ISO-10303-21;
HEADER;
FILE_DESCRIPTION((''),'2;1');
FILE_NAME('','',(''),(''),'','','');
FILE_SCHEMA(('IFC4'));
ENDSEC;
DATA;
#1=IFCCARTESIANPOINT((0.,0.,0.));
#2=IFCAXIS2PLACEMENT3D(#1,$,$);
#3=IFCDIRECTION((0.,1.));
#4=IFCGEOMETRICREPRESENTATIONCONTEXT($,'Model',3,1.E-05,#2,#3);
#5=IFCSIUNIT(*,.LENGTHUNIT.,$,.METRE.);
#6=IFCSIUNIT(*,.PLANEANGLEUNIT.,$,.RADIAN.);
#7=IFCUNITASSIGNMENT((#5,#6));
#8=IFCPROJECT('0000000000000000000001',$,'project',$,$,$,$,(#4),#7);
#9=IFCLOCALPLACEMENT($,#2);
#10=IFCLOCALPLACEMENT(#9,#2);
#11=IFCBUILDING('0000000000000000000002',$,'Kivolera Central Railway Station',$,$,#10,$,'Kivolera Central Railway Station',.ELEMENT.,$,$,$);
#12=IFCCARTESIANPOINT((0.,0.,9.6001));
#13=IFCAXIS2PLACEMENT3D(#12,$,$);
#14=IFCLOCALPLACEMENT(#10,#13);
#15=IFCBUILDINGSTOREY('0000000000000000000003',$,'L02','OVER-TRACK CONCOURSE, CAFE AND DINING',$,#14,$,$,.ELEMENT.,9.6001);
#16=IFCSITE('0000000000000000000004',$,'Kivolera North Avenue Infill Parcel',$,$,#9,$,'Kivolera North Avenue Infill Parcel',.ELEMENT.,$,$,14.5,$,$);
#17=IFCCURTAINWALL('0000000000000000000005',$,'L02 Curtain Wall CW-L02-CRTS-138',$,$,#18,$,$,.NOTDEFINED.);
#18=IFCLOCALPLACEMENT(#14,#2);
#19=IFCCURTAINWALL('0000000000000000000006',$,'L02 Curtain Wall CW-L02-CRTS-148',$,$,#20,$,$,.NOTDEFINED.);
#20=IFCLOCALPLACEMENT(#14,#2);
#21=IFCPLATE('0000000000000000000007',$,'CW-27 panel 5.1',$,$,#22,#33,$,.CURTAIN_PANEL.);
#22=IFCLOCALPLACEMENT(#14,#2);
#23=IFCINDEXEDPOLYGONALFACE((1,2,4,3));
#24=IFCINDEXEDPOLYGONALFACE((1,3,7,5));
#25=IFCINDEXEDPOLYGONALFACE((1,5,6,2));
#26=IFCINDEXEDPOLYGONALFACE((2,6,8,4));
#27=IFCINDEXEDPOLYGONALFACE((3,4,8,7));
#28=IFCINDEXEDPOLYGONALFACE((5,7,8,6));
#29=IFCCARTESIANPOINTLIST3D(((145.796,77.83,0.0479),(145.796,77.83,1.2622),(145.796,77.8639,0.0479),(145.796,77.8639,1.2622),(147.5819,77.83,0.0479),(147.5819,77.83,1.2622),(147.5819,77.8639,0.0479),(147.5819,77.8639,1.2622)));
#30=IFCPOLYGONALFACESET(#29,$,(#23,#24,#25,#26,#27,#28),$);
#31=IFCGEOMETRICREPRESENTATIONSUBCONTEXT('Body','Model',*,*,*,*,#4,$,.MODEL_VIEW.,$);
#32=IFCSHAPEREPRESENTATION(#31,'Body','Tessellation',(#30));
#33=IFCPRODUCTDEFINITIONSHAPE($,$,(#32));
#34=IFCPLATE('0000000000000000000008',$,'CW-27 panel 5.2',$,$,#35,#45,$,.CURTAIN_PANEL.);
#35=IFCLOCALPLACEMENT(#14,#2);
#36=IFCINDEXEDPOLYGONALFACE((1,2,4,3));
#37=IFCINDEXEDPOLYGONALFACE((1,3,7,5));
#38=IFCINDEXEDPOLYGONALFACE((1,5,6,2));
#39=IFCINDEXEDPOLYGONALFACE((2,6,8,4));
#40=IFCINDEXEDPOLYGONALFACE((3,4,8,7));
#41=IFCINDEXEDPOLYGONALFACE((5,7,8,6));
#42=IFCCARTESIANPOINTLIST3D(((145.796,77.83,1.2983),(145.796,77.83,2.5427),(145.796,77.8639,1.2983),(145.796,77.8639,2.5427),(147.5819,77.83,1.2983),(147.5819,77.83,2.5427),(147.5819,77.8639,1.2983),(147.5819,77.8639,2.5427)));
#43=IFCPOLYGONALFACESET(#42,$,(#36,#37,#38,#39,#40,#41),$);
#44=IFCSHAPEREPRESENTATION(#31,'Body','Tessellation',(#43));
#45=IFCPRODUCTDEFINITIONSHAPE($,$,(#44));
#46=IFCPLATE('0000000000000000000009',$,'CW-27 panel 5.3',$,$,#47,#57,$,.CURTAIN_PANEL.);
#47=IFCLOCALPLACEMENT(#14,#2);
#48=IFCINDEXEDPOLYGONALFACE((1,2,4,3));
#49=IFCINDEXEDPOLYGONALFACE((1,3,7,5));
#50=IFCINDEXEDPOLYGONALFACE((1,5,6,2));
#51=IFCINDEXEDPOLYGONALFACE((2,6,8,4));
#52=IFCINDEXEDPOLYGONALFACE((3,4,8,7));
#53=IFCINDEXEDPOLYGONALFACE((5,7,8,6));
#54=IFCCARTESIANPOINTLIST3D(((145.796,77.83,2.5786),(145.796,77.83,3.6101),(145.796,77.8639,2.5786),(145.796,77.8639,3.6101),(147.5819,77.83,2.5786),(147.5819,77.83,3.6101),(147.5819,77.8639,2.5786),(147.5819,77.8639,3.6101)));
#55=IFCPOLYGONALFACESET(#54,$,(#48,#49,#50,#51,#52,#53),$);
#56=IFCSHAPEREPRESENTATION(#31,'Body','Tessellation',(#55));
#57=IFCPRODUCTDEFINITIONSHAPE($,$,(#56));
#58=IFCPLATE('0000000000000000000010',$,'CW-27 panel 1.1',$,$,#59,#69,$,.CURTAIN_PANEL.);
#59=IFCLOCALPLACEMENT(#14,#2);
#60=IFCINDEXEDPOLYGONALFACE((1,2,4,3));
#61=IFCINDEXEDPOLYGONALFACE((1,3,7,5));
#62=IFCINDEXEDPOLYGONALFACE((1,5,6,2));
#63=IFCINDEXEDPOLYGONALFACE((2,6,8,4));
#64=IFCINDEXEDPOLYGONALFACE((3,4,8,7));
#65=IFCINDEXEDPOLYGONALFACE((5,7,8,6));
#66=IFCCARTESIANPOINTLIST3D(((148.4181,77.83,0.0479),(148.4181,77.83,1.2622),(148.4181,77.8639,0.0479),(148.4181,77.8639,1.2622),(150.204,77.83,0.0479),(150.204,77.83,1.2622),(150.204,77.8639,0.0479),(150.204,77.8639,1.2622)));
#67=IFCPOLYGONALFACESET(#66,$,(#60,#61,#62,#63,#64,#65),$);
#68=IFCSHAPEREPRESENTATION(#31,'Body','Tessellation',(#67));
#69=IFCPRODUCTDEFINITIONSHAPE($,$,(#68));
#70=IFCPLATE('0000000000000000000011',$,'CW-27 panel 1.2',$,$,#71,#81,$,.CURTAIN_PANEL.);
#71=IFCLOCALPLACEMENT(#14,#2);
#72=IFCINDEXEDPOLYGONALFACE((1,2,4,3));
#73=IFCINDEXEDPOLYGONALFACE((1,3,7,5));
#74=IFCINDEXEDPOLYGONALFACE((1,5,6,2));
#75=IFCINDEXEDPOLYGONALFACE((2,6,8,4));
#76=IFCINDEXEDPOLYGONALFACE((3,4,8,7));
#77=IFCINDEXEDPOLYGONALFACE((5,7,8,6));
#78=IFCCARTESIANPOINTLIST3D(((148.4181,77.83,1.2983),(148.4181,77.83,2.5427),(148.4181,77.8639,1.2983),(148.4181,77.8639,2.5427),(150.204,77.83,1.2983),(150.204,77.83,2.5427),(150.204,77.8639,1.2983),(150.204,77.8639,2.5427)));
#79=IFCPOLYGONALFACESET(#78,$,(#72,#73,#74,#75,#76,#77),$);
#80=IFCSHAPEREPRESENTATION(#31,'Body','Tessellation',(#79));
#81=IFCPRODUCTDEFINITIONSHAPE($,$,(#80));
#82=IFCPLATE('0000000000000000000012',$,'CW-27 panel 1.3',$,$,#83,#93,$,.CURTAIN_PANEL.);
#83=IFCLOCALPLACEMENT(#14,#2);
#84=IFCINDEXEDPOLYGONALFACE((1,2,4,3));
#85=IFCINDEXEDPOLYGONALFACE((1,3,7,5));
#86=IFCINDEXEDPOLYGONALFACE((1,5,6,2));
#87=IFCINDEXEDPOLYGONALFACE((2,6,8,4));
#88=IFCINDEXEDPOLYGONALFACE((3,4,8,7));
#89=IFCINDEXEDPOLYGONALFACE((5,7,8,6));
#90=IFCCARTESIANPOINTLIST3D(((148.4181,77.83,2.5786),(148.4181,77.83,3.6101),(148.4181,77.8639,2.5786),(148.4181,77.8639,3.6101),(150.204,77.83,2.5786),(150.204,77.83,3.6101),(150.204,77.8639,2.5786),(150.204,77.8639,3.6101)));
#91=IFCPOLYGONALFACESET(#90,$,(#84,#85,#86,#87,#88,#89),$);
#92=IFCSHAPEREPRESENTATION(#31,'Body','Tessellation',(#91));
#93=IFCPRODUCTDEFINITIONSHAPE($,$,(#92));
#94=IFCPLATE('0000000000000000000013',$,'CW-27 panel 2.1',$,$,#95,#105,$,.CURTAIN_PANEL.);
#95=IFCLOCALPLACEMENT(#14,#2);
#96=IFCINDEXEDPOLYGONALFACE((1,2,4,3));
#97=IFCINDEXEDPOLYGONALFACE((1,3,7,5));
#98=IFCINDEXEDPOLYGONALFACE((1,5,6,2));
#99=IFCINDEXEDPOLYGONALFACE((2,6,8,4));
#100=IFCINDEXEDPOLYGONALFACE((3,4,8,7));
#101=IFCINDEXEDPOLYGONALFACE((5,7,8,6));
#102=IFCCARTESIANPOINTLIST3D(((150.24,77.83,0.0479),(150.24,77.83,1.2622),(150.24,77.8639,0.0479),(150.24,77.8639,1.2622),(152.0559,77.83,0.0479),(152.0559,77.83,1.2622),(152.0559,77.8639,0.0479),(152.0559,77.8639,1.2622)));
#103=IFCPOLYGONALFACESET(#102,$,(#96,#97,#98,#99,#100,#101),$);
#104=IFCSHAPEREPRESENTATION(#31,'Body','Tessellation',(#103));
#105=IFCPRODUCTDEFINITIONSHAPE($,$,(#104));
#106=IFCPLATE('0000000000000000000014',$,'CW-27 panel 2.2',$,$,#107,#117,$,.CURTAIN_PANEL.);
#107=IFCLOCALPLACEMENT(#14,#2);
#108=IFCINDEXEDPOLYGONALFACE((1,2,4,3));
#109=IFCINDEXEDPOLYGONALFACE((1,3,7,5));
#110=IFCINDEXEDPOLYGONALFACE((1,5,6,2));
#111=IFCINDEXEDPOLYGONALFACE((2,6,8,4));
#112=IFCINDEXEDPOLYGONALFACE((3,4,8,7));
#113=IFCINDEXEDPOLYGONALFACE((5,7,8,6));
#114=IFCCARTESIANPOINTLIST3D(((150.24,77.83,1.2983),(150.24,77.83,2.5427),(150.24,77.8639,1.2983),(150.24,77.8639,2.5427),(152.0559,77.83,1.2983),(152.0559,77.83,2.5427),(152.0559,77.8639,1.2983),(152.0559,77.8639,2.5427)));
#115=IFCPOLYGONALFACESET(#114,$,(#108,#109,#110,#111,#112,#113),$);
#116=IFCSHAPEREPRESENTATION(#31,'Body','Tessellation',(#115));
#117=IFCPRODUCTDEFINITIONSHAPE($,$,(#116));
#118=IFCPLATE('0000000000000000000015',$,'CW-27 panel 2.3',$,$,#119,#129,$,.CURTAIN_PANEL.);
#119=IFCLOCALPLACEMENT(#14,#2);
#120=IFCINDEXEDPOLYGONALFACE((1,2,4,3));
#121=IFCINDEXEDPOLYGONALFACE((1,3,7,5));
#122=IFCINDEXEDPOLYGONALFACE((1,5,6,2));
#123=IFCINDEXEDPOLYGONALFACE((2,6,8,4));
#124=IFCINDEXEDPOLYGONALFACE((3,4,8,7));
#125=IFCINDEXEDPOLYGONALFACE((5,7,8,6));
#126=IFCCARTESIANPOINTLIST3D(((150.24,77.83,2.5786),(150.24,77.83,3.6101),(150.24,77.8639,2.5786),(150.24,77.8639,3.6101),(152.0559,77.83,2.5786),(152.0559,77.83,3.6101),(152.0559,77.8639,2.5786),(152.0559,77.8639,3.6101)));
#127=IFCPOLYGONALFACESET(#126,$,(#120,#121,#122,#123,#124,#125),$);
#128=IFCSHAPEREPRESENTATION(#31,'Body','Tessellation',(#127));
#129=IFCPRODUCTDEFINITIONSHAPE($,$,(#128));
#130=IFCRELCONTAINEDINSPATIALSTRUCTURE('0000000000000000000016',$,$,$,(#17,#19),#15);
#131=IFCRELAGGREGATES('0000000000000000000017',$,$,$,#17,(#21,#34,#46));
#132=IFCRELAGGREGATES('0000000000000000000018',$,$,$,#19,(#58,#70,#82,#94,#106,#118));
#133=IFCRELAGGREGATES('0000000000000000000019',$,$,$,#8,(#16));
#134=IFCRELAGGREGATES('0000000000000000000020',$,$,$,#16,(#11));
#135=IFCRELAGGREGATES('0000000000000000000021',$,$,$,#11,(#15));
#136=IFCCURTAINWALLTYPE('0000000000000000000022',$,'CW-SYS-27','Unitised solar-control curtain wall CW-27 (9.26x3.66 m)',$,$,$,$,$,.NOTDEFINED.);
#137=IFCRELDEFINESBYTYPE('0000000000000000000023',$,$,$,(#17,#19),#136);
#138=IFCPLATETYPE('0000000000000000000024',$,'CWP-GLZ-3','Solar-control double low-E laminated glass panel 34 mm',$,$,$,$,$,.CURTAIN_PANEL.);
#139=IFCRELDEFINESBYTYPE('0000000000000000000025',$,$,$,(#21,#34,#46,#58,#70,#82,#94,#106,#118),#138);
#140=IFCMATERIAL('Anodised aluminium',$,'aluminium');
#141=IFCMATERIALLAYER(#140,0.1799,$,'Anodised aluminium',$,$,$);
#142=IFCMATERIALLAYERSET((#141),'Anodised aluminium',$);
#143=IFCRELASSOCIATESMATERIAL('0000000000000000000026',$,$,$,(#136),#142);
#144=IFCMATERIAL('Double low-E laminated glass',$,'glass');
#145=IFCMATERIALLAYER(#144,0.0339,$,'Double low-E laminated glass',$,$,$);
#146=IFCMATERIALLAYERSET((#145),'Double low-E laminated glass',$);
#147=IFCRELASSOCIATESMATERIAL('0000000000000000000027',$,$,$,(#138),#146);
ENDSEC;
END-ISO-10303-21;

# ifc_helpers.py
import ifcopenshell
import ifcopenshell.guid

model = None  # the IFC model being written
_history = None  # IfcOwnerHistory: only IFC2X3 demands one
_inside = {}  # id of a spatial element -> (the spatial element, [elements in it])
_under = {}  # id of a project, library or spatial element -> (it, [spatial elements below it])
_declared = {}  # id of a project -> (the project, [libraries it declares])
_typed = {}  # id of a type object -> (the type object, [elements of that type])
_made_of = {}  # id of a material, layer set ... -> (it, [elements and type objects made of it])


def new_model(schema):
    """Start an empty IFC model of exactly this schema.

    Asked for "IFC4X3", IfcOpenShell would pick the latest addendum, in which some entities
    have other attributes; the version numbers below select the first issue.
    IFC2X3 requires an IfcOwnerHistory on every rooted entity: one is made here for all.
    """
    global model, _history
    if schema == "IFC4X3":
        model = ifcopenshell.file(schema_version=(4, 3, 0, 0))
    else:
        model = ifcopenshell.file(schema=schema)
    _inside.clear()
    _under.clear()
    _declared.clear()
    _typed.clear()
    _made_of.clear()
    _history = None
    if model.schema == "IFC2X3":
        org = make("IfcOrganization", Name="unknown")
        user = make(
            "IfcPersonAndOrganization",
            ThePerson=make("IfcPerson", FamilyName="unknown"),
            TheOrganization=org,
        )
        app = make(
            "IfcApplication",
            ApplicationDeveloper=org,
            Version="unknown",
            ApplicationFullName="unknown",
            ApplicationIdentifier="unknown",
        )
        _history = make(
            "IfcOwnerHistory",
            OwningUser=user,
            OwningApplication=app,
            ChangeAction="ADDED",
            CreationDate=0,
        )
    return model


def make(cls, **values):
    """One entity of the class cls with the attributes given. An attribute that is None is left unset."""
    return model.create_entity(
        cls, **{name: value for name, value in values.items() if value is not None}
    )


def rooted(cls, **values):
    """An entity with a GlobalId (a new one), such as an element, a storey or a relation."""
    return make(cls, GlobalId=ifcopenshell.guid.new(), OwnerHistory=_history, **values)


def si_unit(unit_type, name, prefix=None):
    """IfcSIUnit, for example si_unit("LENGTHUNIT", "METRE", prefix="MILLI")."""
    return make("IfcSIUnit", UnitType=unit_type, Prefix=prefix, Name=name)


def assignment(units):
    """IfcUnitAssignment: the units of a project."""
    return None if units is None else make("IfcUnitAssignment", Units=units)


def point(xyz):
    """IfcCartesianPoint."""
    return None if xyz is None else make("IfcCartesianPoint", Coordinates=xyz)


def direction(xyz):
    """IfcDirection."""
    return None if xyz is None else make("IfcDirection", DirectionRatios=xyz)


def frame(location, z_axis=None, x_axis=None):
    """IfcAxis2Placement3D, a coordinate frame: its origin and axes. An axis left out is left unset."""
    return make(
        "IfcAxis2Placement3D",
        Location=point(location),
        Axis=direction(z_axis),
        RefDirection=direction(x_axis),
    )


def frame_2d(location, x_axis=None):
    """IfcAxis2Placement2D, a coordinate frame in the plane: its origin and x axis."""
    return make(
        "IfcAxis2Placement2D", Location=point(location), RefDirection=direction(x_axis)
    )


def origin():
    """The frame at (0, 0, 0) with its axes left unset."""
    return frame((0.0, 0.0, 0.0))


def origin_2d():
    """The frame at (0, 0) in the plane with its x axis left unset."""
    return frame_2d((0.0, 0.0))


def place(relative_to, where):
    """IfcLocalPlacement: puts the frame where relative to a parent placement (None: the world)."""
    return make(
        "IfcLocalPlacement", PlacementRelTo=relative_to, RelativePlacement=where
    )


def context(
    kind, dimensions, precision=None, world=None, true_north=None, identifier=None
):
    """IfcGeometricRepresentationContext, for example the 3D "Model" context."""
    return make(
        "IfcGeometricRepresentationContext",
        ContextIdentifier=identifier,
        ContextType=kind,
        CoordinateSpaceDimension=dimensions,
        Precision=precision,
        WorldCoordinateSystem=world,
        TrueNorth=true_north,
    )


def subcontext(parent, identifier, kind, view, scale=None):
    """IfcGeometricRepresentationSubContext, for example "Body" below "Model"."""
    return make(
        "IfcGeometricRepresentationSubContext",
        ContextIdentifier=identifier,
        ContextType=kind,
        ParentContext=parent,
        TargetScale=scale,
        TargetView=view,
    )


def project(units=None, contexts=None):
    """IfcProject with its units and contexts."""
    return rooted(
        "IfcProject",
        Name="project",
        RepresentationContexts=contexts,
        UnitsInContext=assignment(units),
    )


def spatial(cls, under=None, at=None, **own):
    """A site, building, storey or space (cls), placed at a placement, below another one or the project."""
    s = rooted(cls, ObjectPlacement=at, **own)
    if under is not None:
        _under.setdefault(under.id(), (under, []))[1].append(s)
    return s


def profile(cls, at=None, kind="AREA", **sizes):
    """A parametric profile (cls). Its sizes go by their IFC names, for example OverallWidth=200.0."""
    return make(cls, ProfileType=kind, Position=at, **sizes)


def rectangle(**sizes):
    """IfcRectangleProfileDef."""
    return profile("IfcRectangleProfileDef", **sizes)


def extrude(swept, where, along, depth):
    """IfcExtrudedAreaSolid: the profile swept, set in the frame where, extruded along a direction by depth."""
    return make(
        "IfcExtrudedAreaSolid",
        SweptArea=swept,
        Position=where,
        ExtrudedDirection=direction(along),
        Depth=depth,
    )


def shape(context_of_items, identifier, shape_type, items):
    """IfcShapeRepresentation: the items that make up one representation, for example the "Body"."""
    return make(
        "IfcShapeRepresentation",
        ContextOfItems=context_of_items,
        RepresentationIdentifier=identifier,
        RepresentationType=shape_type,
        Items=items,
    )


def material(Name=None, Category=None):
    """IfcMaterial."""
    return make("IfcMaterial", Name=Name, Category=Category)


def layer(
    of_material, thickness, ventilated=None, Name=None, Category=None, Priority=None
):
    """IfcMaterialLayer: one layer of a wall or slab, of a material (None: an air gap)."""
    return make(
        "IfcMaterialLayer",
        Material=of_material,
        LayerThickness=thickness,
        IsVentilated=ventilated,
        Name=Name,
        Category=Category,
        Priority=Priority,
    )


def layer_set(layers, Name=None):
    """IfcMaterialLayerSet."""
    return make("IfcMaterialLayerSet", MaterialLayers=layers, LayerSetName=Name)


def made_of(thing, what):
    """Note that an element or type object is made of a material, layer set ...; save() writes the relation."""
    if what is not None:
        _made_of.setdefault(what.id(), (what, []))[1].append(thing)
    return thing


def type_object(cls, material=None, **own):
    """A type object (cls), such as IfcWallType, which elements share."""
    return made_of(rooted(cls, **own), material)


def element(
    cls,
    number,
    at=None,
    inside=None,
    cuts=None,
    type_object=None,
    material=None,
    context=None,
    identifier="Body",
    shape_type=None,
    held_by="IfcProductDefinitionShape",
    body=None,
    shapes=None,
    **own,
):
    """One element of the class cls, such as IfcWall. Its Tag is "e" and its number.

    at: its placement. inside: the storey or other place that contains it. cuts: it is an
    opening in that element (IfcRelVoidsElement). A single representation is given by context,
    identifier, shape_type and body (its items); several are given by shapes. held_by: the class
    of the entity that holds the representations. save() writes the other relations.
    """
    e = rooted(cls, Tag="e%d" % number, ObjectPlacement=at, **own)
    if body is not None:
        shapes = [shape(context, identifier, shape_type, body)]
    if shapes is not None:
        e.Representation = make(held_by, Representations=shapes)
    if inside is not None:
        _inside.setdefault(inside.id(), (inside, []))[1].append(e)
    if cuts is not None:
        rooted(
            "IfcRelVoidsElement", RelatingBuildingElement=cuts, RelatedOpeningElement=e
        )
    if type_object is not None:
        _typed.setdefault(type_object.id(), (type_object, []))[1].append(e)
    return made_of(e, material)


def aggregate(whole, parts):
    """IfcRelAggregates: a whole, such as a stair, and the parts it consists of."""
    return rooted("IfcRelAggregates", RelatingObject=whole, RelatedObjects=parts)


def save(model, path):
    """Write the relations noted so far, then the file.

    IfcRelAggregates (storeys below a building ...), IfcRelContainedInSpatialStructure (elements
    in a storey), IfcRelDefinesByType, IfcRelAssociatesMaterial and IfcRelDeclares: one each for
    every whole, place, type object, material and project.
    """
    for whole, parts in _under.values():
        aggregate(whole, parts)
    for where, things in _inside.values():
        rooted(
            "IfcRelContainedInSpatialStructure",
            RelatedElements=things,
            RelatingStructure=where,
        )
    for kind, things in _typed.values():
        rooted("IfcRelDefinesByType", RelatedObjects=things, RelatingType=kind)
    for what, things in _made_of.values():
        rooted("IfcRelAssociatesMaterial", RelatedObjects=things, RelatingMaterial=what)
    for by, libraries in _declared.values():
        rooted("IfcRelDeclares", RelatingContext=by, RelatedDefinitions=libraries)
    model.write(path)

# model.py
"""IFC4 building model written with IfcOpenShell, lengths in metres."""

from ifc_helpers import new_model, si_unit, direction, frame, origin, origin_2d, place, context, subcontext, project, spatial, rectangle, extrude, material, layer, layer_set, type_object, element, aggregate, save


model = new_model("IFC4")

# Units and contexts
model_context = context("Model", 3, precision=1e-05, world=origin(), true_north=direction((0.0, 1.0)))
body_context = subcontext(model_context, "Body", "Model", "MODEL_VIEW")
ifc_project = project(units=[si_unit("LENGTHUNIT", "METRE"), si_unit("PLANEANGLEUNIT", "RADIAN")], contexts=[model_context])

# Site, building, storey
site_placement = place(None, origin())
site = spatial("IfcSite", under=ifc_project, at=site_placement, Name="Kivolera North Avenue Infill Parcel", LongName="Kivolera North Avenue Infill Parcel", CompositionType="ELEMENT", RefElevation=14.5)
building_placement = place(site_placement, origin())
building = spatial("IfcBuilding", under=site, at=building_placement, Name="Kivolera Central Railway Station", LongName="Kivolera Central Railway Station", CompositionType="ELEMENT")
storey_placement = place(building_placement, frame((0.0, 0.0, 9.6001)))
storey = spatial("IfcBuildingStorey", under=building, at=storey_placement, Name="L02", Description="OVER-TRACK CONCOURSE, CAFE AND DINING", CompositionType="ELEMENT", Elevation=9.6001)

# Curtain wall
ifc_material_1 = material(Name="Anodised aluminium", Category="aluminium")
ifc_layer_1 = layer(ifc_material_1, 0.1799, Name="Anodised aluminium")
ifc_layer_set_1 = layer_set([ifc_layer_1], Name="Anodised aluminium")
curtain_wall_type = type_object("IfcCurtainWallType", Name="CW-SYS-27", Description="Unitised solar-control curtain wall CW-27 (9.26x3.66 m)", PredefinedType="NOTDEFINED", material=ifc_layer_set_1)
curtain_wall_1_placement = place(storey_placement, origin())
curtain_wall_1 = element("IfcCurtainWall", 1, at=curtain_wall_1_placement, inside=storey, type_object=curtain_wall_type, Name="L02 Curtain Wall CW-L02-CRTS-138", PredefinedType="NOTDEFINED")

# Curtain wall
curtain_wall_2_placement = place(storey_placement, origin())
curtain_wall_2 = element("IfcCurtainWall", 2, at=curtain_wall_2_placement, inside=storey, type_object=curtain_wall_type, Name="L02 Curtain Wall CW-L02-CRTS-148", PredefinedType="NOTDEFINED")

# Plates
ifc_material_2 = material(Name="Double low-E laminated glass", Category="glass")
ifc_layer_2 = layer(ifc_material_2, 0.0339, Name="Double low-E laminated glass")
ifc_layer_set_2 = layer_set([ifc_layer_2], Name="Double low-E laminated glass")
plate_type = type_object("IfcPlateType", Name="CWP-GLZ-3", Description="Solar-control double low-E laminated glass panel 34 mm", PredefinedType="CURTAIN_PANEL", material=ifc_layer_set_2)
plate_1_placement = place(storey_placement, frame((146.689, 77.8469, 0.0479), z_axis=(0.0, 0.0, 1.0), x_axis=(1.0, 0.0, 0.0)))
plate_1 = element("IfcPlate", 3, at=plate_1_placement, type_object=plate_type, Name="CW-27 panel 5.1", PredefinedType="CURTAIN_PANEL", context=body_context, shape_type="SweptSolid", body=[
    extrude(rectangle(XDim=1.7859, YDim=0.0339, at=origin_2d()), origin(), (0.0, 0.0, 1.0), 1.2144),
])
plate_2_placement = place(storey_placement, frame((146.689, 77.8469, 1.2983), z_axis=(0.0, 0.0, 1.0), x_axis=(1.0, 0.0, 0.0)))
plate_2 = element("IfcPlate", 4, at=plate_2_placement, type_object=plate_type, Name="CW-27 panel 5.2", PredefinedType="CURTAIN_PANEL", context=body_context, shape_type="SweptSolid", body=[
    extrude(rectangle(XDim=1.7859, YDim=0.0339, at=origin_2d()), origin(), (0.0, 0.0, 1.0), 1.2444),
])
plate_3_placement = place(storey_placement, frame((146.689, 77.8469, 2.5786), z_axis=(0.0, 0.0, 1.0), x_axis=(1.0, 0.0, 0.0)))
plate_3 = element("IfcPlate", 5, at=plate_3_placement, type_object=plate_type, Name="CW-27 panel 5.3", PredefinedType="CURTAIN_PANEL", context=body_context, shape_type="SweptSolid", body=[
    extrude(rectangle(XDim=1.7859, YDim=0.0339, at=origin_2d()), origin(), (0.0, 0.0, 1.0), 1.0315),
])
aggregate(curtain_wall_1, [plate_1, plate_2, plate_3])
plate_4_placement = place(storey_placement, frame((149.311, 77.8469, 0.0479), z_axis=(0.0, 0.0, 1.0), x_axis=(1.0, 0.0, 0.0)))
plate_4 = element("IfcPlate", 6, at=plate_4_placement, type_object=plate_type, Name="CW-27 panel 1.1", PredefinedType="CURTAIN_PANEL", context=body_context, shape_type="SweptSolid", body=[
    extrude(rectangle(XDim=1.7859, YDim=0.0339, at=origin_2d()), origin(), (0.0, 0.0, 1.0), 1.2144),
])
plate_5_placement = place(storey_placement, frame((149.311, 77.8469, 1.2983), z_axis=(0.0, 0.0, 1.0), x_axis=(1.0, 0.0, 0.0)))
plate_5 = element("IfcPlate", 7, at=plate_5_placement, type_object=plate_type, Name="CW-27 panel 1.2", PredefinedType="CURTAIN_PANEL", context=body_context, shape_type="SweptSolid", body=[
    extrude(rectangle(XDim=1.7859, YDim=0.0339, at=origin_2d()), origin(), (0.0, 0.0, 1.0), 1.2444),
])
plate_6_placement = place(storey_placement, frame((149.311, 77.8469, 2.5786), z_axis=(0.0, 0.0, 1.0), x_axis=(1.0, 0.0, 0.0)))
plate_6 = element("IfcPlate", 8, at=plate_6_placement, type_object=plate_type, Name="CW-27 panel 1.3", PredefinedType="CURTAIN_PANEL", context=body_context, shape_type="SweptSolid", body=[
    extrude(rectangle(XDim=1.7859, YDim=0.0339, at=origin_2d()), origin(), (0.0, 0.0, 1.0), 1.0315),
])
plate_7_placement = place(storey_placement, frame((151.1479, 77.8469, 0.0479), z_axis=(0.0, 0.0, 1.0), x_axis=(1.0, 0.0, 0.0)))
plate_7 = element("IfcPlate", 9, at=plate_7_placement, type_object=plate_type, Name="CW-27 panel 2.1", PredefinedType="CURTAIN_PANEL", context=body_context, shape_type="SweptSolid", body=[
    extrude(rectangle(XDim=1.8159, YDim=0.0339, at=origin_2d()), origin(), (0.0, 0.0, 1.0), 1.2144),
])
plate_8_placement = place(storey_placement, frame((151.1479, 77.8469, 1.2983), z_axis=(0.0, 0.0, 1.0), x_axis=(1.0, 0.0, 0.0)))
plate_8 = element("IfcPlate", 10, at=plate_8_placement, type_object=plate_type, Name="CW-27 panel 2.2", PredefinedType="CURTAIN_PANEL", context=body_context, shape_type="SweptSolid", body=[
    extrude(rectangle(XDim=1.8159, YDim=0.0339, at=origin_2d()), origin(), (0.0, 0.0, 1.0), 1.2444),
])
plate_9_placement = place(storey_placement, frame((151.1479, 77.8469, 2.5786), z_axis=(0.0, 0.0, 1.0), x_axis=(1.0, 0.0, 0.0)))
plate_9 = element("IfcPlate", 11, at=plate_9_placement, type_object=plate_type, Name="CW-27 panel 2.3", PredefinedType="CURTAIN_PANEL", context=body_context, shape_type="SweptSolid", body=[
    extrude(rectangle(XDim=1.8159, YDim=0.0339, at=origin_2d()), origin(), (0.0, 0.0, 1.0), 1.0315),
])
aggregate(curtain_wall_2, [plate_4, plate_5, plate_6, plate_7, plate_8, plate_9])

save(model, "model.ifc")
